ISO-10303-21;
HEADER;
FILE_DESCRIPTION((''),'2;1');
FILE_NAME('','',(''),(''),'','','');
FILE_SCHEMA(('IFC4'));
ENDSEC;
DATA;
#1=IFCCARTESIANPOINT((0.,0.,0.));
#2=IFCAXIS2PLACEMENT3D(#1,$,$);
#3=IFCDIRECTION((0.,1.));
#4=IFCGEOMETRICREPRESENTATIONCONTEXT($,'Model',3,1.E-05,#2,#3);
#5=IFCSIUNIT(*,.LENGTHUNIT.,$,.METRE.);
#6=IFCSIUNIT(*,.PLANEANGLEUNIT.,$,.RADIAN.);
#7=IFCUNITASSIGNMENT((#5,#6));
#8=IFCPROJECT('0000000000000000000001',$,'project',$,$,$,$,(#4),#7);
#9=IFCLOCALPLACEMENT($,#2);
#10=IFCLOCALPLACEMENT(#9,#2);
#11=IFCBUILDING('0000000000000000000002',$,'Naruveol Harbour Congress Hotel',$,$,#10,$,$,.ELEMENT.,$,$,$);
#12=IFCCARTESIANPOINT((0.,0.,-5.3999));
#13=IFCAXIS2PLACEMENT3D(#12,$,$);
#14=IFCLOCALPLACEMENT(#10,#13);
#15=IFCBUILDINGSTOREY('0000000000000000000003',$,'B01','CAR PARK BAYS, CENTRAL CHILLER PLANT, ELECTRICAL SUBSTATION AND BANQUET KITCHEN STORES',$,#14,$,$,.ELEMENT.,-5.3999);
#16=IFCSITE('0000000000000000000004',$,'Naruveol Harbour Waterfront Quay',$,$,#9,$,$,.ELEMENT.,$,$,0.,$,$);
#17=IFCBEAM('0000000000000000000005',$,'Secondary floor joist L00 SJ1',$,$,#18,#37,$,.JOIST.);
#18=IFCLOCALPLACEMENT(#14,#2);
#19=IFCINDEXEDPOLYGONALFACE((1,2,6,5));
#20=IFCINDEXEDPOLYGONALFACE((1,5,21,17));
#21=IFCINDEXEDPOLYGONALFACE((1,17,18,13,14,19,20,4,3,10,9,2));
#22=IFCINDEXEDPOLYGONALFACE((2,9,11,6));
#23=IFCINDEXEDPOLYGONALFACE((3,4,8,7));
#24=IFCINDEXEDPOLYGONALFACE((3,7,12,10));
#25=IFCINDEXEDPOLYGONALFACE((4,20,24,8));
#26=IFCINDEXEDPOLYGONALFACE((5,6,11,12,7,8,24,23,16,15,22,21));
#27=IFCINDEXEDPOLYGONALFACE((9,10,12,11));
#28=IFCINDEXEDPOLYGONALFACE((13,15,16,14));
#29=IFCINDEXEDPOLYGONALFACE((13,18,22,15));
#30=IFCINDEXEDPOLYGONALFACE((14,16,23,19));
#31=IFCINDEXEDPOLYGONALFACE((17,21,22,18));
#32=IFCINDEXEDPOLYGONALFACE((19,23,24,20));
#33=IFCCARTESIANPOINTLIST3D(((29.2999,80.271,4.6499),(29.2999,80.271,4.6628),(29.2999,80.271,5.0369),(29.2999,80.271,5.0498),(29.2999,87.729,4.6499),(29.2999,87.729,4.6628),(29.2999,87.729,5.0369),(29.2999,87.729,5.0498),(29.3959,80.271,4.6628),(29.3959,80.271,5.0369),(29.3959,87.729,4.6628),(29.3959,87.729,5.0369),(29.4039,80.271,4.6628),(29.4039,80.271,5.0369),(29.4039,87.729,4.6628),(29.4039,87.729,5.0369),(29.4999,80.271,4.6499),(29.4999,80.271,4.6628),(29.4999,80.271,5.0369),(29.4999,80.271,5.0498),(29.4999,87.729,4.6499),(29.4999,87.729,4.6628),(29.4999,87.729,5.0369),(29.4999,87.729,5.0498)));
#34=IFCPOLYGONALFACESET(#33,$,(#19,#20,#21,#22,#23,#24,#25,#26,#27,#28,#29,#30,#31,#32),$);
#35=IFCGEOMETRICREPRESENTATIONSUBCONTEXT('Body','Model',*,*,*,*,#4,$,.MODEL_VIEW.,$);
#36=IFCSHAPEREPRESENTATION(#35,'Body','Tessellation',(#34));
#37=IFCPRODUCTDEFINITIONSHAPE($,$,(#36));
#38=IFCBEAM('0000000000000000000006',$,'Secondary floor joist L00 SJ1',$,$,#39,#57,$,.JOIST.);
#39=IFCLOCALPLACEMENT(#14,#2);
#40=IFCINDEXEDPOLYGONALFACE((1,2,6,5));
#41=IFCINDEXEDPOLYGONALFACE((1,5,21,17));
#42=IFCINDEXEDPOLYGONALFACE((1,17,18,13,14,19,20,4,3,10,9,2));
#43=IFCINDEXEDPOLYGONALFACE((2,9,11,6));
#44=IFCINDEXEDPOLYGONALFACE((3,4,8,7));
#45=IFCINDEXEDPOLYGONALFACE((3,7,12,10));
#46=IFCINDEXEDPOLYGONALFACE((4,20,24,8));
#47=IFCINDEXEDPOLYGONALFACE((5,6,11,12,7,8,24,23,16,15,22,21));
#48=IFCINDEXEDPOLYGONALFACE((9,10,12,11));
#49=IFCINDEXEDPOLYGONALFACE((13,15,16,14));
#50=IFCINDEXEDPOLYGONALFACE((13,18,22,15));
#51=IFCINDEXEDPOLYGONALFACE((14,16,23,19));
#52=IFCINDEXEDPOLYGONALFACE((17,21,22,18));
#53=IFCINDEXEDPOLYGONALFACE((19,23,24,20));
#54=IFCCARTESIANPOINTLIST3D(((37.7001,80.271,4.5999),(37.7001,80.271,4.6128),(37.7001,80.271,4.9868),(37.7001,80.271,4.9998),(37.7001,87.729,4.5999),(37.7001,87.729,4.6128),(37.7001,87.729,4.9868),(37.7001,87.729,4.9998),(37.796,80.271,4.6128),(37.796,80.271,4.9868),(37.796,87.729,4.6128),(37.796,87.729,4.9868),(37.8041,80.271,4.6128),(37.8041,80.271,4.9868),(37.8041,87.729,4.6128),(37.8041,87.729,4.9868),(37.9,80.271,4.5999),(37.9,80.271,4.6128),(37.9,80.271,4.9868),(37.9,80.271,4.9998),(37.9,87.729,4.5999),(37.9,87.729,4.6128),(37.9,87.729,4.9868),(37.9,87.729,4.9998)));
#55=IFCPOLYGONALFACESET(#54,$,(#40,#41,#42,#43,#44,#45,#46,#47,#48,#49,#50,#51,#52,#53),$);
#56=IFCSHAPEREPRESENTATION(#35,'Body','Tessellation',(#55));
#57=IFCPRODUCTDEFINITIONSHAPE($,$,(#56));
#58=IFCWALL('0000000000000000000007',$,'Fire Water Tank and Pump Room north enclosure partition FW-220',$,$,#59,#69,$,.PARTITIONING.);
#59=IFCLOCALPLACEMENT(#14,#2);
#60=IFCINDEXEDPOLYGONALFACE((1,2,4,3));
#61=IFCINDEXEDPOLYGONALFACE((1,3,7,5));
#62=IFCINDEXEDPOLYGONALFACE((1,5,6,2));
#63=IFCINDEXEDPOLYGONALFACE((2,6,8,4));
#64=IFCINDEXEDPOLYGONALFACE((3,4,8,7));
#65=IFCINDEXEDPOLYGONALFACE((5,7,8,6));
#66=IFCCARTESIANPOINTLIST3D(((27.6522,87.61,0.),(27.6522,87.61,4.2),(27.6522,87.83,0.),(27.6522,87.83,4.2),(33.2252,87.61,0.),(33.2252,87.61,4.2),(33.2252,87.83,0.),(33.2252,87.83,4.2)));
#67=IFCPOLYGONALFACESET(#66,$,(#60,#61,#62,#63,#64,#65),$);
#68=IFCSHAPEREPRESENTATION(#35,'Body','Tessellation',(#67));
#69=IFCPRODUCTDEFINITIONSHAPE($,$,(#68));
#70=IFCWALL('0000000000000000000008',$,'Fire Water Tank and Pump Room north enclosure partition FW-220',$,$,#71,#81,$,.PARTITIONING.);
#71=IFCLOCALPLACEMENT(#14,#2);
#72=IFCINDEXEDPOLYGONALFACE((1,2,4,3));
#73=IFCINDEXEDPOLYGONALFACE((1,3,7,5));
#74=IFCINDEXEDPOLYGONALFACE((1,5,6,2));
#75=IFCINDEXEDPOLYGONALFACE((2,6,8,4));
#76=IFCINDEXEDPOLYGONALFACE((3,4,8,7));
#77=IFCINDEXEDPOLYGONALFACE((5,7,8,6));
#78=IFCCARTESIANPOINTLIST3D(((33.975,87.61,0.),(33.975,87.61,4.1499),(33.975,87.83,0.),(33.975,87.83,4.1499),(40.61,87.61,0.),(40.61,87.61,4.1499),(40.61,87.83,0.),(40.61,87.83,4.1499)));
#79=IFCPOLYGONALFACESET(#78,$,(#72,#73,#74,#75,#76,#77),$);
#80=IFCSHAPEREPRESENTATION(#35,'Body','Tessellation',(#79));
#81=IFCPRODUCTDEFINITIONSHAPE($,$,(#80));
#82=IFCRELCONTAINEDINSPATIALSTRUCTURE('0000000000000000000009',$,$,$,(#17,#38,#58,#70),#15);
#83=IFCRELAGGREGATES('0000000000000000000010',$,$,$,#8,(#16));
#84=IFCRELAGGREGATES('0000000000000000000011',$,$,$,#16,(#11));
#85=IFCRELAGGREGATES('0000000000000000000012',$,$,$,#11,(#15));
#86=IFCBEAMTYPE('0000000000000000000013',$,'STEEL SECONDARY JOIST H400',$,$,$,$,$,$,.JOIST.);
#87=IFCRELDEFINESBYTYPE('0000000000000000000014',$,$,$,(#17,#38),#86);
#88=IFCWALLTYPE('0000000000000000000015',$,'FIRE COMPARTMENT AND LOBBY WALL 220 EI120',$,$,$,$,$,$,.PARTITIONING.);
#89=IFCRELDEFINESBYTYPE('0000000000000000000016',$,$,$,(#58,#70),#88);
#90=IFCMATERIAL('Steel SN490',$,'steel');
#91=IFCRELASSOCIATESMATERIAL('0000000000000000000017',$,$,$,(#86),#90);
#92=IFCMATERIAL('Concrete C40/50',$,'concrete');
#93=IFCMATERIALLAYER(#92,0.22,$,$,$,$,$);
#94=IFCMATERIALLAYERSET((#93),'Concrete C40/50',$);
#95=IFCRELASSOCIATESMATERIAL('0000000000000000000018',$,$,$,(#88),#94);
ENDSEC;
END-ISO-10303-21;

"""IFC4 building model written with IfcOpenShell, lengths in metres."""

from ifc_helpers import new_model, si_unit, direction, frame, frame_2d, origin, origin_2d, place, context, subcontext, project, spatial, rectangle, i_section, extrude, material, layer, layer_set, material_profile, profile_set, type_object, element, save


model = new_model("IFC4")

# Units and contexts
model_context = context("Model", 3, precision=1e-05, world=origin(), true_north=direction((0.0, 1.0)))
body_context = subcontext(model_context, "Body", "Model", "MODEL_VIEW")
ifc_project = project(units=[si_unit("LENGTHUNIT", "METRE"), si_unit("PLANEANGLEUNIT", "RADIAN")], contexts=[model_context])

# Site, building, storey
site_placement = place(None, origin())
site = spatial("IfcSite", under=ifc_project, at=site_placement, Name="Naruveol Harbour Waterfront Quay", CompositionType="ELEMENT", RefElevation=0.0)
building_placement = place(site_placement, origin())
building = spatial("IfcBuilding", under=site, at=building_placement, Name="Naruveol Harbour Congress Hotel", CompositionType="ELEMENT")
storey_placement = place(building_placement, frame((0.0, 0.0, -5.3999)))
storey = spatial("IfcBuildingStorey", under=building, at=storey_placement, Name="B01", Description="CAR PARK BAYS, CENTRAL CHILLER PLANT, ELECTRICAL SUBSTATION AND BANQUET KITCHEN STORES", CompositionType="ELEMENT", Elevation=-5.3999)

# Beams
ifc_material_1 = material(Name="Steel SN490", Category="steel")
ifc_material_profile_1 = material_profile(ifc_material_1, i_section(OverallWidth=0.2, OverallDepth=0.3999, WebThickness=0.0081, FlangeThickness=0.0129, at=origin_2d()), Name="H-400x200x8x13")
ifc_profile_set_1 = profile_set([ifc_material_profile_1], Name="Steel SN490")
beam_type_1 = type_object("IfcBeamType", Name="STEEL SECONDARY JOIST H400", PredefinedType="JOIST", material=ifc_profile_set_1)
for number, where, z_axis, x_axis, name in (
    (1, (29.3999, 80.271, 4.8499), (0.0, 1.0, 0.0), (-1.0, 0.0, 0.0), "Secondary floor joist L00 SJ1"),
    (2, (37.8, 80.271, 4.7998), (0.0, 1.0, 0.0), (-1.0, 0.0, 0.0), "Secondary floor joist L00 SJ1"),
):
    element("IfcBeam", number, at=place(storey_placement, frame(where, z_axis=z_axis, x_axis=x_axis)), inside=storey, type_object=beam_type_1, Name=name, PredefinedType="JOIST", context=body_context, shape_type="SweptSolid", body=[
        extrude(i_section(OverallWidth=0.2, OverallDepth=0.3999, WebThickness=0.0081, FlangeThickness=0.0129, at=origin_2d()), origin(), (0.0, 0.0, 1.0), 7.458),
    ])

# Walls
ifc_material_2 = material(Name="Concrete C40/50", Category="concrete")
ifc_layer = layer(ifc_material_2, 0.22)
ifc_layer_set = layer_set([ifc_layer], Name="Concrete C40/50")
wall_type = type_object("IfcWallType", Name="FIRE COMPARTMENT AND LOBBY WALL 220 EI120", PredefinedType="PARTITIONING", material=ifc_layer_set)
wall_1_placement = place(storey_placement, frame((27.6521, 87.72, 0.0), z_axis=(0.0, 0.0, 1.0), x_axis=(1.0, 0.0, 0.0)))
element("IfcWall", 3, at=wall_1_placement, inside=storey, type_object=wall_type, Name="Fire Water Tank and Pump Room north enclosure partition FW-220", PredefinedType="PARTITIONING", context=body_context, shape_type="SweptSolid", body=[
    extrude(rectangle(XDim=5.573, YDim=0.22, at=frame_2d((2.7866, 0.0))), origin(), (0.0, 0.0, 1.0), 4.2),
])
wall_2_placement = place(storey_placement, frame((33.9751, 87.72, 0.0), z_axis=(0.0, 0.0, 1.0), x_axis=(1.0, 0.0, 0.0)))
element("IfcWall", 4, at=wall_2_placement, inside=storey, type_object=wall_type, Name="Fire Water Tank and Pump Room north enclosure partition FW-220", PredefinedType="PARTITIONING", context=body_context, shape_type="SweptSolid", body=[
    extrude(rectangle(XDim=6.635, YDim=0.22, at=frame_2d((3.3174, 0.0))), origin(), (0.0, 0.0, 1.0), 4.1499),
])

save(model, "model.ifc")
